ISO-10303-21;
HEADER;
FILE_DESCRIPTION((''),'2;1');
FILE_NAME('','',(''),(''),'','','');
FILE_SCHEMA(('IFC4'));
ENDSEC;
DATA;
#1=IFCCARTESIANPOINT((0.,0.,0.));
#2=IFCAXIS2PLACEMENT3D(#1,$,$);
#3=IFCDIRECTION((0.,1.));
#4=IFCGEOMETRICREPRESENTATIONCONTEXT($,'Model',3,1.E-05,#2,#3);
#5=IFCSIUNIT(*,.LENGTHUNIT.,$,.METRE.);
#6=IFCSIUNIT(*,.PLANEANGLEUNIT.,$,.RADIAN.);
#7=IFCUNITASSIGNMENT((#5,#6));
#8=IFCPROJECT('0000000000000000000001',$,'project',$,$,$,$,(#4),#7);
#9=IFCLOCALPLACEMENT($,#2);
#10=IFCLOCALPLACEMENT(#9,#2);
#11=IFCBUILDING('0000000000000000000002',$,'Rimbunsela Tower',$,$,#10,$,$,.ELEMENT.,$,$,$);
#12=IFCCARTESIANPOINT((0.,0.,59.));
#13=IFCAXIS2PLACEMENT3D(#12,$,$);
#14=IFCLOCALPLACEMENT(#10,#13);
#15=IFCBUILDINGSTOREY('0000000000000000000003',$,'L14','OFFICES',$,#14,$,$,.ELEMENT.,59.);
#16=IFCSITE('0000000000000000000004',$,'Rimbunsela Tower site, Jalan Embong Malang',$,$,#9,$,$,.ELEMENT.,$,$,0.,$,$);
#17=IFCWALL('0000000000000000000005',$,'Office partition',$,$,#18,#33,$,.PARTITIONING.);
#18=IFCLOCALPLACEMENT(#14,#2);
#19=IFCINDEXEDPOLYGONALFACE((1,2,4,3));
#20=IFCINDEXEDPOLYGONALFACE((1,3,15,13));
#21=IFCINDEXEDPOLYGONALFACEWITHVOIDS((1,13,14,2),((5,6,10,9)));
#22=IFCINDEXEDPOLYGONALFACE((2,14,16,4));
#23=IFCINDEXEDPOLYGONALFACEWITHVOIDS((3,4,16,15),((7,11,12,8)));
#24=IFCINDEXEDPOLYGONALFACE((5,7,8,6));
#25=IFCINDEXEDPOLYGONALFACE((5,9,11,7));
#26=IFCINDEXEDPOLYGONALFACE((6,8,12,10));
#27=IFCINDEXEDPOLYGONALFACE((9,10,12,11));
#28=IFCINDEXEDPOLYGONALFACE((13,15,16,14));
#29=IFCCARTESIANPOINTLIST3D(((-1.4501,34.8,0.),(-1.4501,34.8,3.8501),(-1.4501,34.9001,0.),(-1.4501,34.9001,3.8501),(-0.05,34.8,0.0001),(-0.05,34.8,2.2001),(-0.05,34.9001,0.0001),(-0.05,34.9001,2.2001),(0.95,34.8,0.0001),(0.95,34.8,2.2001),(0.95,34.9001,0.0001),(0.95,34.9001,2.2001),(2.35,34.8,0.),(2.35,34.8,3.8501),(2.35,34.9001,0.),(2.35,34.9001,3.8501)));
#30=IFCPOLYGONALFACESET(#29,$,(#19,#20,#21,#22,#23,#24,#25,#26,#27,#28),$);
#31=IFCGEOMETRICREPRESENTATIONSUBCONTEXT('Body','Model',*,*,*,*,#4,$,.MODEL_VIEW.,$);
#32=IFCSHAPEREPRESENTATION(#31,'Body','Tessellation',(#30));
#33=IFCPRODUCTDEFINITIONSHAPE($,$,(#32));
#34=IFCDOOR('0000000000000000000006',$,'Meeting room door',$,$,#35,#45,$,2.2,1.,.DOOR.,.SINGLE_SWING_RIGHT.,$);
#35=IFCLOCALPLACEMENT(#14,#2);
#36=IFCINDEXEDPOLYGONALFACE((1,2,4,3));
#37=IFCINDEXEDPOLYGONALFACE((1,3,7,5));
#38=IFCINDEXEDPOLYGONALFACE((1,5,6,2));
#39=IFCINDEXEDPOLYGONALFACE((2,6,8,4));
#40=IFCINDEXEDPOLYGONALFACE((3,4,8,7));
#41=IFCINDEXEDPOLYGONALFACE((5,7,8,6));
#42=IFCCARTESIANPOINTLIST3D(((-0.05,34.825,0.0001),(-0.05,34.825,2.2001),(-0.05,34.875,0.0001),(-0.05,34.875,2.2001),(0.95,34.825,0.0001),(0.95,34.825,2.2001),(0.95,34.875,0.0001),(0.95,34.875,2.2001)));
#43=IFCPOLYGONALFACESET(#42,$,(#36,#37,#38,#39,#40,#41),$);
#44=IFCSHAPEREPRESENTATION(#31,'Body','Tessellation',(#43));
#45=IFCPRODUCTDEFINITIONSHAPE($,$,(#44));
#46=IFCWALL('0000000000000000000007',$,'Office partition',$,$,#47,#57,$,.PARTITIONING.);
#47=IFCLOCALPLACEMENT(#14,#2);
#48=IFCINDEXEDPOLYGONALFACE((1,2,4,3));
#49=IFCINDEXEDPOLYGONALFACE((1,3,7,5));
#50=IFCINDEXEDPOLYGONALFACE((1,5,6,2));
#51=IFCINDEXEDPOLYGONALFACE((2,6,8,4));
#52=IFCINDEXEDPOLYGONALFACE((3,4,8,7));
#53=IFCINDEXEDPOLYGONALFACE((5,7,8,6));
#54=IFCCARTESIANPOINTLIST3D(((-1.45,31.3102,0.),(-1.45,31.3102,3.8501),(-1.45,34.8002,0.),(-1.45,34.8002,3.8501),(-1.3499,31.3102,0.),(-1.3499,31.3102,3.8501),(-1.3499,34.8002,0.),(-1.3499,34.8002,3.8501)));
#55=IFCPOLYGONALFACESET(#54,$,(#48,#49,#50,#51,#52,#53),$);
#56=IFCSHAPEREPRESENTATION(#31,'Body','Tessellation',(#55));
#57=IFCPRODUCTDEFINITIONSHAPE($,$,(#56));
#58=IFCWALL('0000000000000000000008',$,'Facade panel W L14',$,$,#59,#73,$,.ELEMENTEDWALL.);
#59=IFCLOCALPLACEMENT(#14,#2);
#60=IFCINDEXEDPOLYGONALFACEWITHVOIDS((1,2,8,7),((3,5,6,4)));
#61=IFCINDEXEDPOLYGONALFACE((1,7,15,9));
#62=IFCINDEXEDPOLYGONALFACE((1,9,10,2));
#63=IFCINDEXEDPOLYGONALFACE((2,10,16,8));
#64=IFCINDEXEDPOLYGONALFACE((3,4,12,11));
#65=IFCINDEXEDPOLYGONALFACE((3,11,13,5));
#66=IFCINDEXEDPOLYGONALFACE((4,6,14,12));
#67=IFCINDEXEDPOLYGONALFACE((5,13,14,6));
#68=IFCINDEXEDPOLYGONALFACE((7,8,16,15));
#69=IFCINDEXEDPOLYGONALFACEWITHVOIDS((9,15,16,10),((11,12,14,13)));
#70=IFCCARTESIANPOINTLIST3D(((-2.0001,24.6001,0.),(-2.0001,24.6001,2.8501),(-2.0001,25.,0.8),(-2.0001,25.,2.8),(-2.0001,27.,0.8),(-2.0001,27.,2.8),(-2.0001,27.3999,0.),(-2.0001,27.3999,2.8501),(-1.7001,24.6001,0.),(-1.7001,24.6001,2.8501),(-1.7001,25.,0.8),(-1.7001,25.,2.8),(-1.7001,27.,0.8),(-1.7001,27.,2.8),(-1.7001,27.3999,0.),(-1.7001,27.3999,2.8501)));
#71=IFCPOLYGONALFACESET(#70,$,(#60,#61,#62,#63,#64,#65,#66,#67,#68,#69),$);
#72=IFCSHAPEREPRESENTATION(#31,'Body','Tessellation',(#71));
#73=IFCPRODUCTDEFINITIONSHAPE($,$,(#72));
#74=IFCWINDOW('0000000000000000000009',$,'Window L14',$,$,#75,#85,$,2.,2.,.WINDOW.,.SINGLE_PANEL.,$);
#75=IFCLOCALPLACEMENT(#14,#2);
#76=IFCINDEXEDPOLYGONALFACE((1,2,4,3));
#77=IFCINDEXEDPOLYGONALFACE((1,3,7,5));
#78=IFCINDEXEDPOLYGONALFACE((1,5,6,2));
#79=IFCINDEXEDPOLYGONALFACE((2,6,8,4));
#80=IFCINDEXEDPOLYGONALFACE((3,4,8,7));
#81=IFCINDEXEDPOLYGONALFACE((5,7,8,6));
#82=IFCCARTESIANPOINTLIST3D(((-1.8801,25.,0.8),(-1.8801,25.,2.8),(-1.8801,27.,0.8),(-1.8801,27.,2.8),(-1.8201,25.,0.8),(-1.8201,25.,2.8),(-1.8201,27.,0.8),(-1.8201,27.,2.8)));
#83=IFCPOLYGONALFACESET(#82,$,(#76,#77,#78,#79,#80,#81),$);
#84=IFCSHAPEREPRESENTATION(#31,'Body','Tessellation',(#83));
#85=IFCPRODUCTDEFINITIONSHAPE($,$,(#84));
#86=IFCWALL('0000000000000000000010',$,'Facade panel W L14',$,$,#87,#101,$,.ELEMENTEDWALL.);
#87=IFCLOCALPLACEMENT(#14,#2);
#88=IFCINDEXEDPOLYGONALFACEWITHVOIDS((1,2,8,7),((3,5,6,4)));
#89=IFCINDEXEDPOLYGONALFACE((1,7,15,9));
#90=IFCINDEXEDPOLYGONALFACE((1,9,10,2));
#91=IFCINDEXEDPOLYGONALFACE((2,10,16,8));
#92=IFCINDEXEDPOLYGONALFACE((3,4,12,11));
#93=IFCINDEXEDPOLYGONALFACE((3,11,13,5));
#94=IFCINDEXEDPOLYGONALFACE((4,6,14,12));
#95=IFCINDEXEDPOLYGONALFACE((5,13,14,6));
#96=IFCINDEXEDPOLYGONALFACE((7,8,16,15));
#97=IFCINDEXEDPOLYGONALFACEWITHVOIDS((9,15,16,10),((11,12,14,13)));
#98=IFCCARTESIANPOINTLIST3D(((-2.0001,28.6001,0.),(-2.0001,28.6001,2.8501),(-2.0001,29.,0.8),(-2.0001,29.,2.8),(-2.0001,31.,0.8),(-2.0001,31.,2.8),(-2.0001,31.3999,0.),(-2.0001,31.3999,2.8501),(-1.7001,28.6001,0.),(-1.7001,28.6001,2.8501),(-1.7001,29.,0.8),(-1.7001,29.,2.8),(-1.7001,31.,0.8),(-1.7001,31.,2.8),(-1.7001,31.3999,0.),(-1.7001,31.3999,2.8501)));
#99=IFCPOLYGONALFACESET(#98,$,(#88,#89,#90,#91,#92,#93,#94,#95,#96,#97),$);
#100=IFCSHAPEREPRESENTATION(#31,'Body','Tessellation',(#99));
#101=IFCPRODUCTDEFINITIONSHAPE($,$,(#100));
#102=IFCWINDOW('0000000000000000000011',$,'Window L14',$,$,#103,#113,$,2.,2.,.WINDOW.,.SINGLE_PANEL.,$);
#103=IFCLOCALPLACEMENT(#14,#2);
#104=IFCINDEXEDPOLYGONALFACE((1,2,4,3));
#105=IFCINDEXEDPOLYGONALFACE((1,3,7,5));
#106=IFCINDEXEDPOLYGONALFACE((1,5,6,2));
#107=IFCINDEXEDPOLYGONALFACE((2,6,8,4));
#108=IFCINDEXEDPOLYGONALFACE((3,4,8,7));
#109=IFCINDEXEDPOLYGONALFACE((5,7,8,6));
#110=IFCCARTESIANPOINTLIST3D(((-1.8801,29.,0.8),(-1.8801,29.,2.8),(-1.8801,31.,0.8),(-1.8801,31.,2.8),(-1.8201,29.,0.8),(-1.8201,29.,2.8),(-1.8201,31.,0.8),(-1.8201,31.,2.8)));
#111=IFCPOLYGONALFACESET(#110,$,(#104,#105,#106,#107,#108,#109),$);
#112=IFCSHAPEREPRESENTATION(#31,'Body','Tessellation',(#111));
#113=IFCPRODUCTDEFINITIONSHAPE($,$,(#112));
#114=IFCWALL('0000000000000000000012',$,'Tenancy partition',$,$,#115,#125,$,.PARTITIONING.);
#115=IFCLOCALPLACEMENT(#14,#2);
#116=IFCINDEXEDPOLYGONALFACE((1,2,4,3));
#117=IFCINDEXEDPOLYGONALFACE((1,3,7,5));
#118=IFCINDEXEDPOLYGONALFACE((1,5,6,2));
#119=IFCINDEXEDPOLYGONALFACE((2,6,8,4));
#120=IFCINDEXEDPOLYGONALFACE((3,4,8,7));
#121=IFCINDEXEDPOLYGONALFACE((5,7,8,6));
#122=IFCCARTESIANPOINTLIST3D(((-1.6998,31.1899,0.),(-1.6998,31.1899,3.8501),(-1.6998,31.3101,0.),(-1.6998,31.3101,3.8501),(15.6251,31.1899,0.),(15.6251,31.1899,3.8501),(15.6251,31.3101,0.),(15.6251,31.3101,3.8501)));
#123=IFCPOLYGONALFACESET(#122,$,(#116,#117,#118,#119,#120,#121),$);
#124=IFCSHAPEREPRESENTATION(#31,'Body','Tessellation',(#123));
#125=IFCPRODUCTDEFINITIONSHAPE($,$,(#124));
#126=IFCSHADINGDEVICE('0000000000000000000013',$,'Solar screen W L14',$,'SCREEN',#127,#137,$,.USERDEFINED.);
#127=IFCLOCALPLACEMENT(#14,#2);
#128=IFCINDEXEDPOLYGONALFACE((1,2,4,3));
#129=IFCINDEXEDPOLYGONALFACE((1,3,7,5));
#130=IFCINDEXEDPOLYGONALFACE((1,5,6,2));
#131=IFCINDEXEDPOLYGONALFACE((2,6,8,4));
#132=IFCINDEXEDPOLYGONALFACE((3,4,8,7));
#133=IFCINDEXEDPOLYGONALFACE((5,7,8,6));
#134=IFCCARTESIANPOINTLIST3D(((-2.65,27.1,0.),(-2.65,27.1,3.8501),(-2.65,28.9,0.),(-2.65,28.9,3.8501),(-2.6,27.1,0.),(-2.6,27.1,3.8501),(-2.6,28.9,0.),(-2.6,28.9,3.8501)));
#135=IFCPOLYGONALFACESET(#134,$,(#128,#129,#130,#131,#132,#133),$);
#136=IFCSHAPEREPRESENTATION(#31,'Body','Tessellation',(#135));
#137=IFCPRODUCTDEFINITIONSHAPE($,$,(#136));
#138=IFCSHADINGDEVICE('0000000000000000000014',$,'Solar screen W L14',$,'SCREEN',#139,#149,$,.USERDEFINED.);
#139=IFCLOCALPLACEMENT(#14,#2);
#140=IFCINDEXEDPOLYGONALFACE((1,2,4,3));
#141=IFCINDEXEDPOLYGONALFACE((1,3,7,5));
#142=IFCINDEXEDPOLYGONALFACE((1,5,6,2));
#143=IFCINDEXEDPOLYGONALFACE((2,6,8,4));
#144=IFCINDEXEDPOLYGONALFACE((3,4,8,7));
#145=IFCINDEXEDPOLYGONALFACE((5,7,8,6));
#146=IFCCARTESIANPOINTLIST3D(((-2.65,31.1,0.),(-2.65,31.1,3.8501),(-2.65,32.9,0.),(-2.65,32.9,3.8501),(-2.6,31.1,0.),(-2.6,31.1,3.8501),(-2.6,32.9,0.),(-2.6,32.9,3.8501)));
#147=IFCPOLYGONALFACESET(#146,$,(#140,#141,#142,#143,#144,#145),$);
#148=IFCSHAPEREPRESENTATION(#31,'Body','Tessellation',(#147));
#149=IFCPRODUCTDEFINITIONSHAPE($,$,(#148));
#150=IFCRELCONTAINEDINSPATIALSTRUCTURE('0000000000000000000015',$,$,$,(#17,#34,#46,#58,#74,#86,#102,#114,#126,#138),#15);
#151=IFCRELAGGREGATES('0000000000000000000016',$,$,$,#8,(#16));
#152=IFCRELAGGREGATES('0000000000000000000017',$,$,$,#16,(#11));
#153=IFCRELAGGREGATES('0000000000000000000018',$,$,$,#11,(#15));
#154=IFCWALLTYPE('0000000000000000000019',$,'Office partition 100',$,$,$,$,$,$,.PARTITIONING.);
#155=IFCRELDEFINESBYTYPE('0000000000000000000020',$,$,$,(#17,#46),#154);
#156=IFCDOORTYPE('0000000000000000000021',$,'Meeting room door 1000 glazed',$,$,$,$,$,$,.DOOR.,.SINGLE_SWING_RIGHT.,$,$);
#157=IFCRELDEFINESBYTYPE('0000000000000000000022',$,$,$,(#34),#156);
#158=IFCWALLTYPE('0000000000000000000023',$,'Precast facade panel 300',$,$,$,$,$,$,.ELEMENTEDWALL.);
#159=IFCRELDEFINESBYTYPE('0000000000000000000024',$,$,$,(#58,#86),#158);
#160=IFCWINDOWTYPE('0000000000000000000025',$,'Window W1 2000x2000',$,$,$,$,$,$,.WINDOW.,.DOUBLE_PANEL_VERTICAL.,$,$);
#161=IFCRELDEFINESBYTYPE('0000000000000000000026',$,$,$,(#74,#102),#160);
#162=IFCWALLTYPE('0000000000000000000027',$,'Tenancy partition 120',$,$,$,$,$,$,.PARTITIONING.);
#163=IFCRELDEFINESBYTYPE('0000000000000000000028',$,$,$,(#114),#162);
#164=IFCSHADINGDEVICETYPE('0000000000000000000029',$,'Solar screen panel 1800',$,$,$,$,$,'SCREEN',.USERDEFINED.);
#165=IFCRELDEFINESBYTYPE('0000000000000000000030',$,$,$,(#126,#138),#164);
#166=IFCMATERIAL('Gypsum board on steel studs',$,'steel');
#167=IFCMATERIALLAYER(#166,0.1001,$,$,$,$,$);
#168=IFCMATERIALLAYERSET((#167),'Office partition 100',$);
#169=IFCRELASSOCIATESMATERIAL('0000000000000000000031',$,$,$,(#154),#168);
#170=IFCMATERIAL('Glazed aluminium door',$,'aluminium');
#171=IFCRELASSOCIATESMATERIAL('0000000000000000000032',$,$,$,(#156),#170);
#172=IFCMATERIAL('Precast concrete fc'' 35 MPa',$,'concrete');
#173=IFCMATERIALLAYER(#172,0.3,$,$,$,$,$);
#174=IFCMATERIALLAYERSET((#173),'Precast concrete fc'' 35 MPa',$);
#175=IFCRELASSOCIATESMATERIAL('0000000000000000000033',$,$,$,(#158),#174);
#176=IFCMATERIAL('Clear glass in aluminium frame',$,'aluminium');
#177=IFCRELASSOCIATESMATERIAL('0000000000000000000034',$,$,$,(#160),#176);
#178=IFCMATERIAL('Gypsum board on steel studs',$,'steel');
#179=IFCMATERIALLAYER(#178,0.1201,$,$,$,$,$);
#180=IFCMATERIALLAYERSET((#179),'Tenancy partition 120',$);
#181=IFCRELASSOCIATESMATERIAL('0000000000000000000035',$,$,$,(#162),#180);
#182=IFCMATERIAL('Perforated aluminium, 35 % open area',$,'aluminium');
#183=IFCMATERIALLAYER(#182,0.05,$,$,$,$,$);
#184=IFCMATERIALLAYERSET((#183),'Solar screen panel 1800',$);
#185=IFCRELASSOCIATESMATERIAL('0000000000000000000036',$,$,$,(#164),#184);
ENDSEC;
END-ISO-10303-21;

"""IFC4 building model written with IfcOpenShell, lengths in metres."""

from ifc_helpers import new_model, si_unit, direction, frame, frame_2d, origin, origin_2d, place, context, subcontext, project, spatial, rectangle, extrude, material, layer, layer_set, type_object, element, fill, save


model = new_model("IFC4")

# Units and contexts
model_context = context("Model", 3, precision=1e-05, world=origin(), true_north=direction((0.0, 1.0)))
body_context = subcontext(model_context, "Body", "Model", "MODEL_VIEW")
ifc_project = project(units=[si_unit("LENGTHUNIT", "METRE"), si_unit("PLANEANGLEUNIT", "RADIAN")], contexts=[model_context])

# Site, building, storey
site_placement = place(None, origin())
site = spatial("IfcSite", under=ifc_project, at=site_placement, Name="Rimbunsela Tower site, Jalan Embong Malang", CompositionType="ELEMENT", RefElevation=0.0)
building_placement = place(site_placement, origin())
building = spatial("IfcBuilding", under=site, at=building_placement, Name="Rimbunsela Tower", CompositionType="ELEMENT")
storey_placement = place(building_placement, frame((0.0, 0.0, 59.0)))
storey = spatial("IfcBuildingStorey", under=building, at=storey_placement, Name="L14", Description="OFFICES", CompositionType="ELEMENT", Elevation=59.0)

# Wall, opening, door
ifc_material_1 = material(Name="Gypsum board on steel studs", Category="steel")
ifc_layer_1 = layer(ifc_material_1, 0.1001)
ifc_layer_set_1 = layer_set([ifc_layer_1], Name="Office partition 100")
wall_type_1 = type_object("IfcWallType", Name="Office partition 100", PredefinedType="PARTITIONING", material=ifc_layer_set_1)
wall_1_placement = place(storey_placement, frame((-1.45, 34.8501, 0.0), z_axis=(0.0, 0.0, 1.0), x_axis=(1.0, 0.0, 0.0)))
wall_1 = element("IfcWall", 1, at=wall_1_placement, inside=storey, type_object=wall_type_1, Name="Office partition", PredefinedType="PARTITIONING", context=body_context, shape_type="SweptSolid", body=[
    extrude(rectangle(XDim=3.8, YDim=0.1001, at=frame_2d((1.8999, 0.0))), origin(), (0.0, 0.0, 1.0), 3.8501),
])
opening_1_placement = place(wall_1_placement, frame((1.3999, 0.0, 0.0)))
opening_1 = element("IfcOpeningElement", 2, at=opening_1_placement, cuts=wall_1, PredefinedType="OPENING", context=body_context, shape_type="SweptSolid", body=[
    extrude(rectangle(XDim=1.0, YDim=2.2, at=frame_2d((0.5, 1.1001))), frame((0.0, 0.0601, 0.0), z_axis=(0.0, -1.0, 0.0), x_axis=(1.0, 0.0, 0.0)), (0.0, 0.0, 1.0), 0.1201),
])
ifc_material_2 = material(Name="Glazed aluminium door", Category="aluminium")
door_type = type_object("IfcDoorType", Name="Meeting room door 1000 glazed", OperationType="SINGLE_SWING_RIGHT", PredefinedType="DOOR", material=ifc_material_2)
door_placement = place(opening_1_placement, origin())
door = element("IfcDoor", 3, at=door_placement, inside=storey, type_object=door_type, Name="Meeting room door", OperationType="SINGLE_SWING_RIGHT", OverallHeight=2.2, OverallWidth=1.0, PredefinedType="DOOR", context=body_context, shape_type="SweptSolid", body=[
    extrude(rectangle(XDim=1.0, YDim=2.2, at=frame_2d((0.5, 1.1001))), frame((0.0, 0.0249, 0.0), z_axis=(0.0, -1.0, 0.0), x_axis=(1.0, 0.0, 0.0)), (0.0, 0.0, 1.0), 0.05),
])
fill(opening_1, door)

# Wall
wall_2_placement = place(storey_placement, frame((-1.3999, 31.3101, 0.0), z_axis=(0.0, 0.0, 1.0), x_axis=(0.0, 1.0, 0.0)))
element("IfcWall", 4, at=wall_2_placement, inside=storey, type_object=wall_type_1, Name="Office partition", PredefinedType="PARTITIONING", context=body_context, shape_type="SweptSolid", body=[
    extrude(rectangle(XDim=3.49, YDim=0.1001, at=frame_2d((1.7451, 0.0))), origin(), (0.0, 0.0, 1.0), 3.8501),
])

# Walls, openings, windows
ifc_material_3 = material(Name="Precast concrete fc' 35 MPa", Category="concrete")
ifc_layer_2 = layer(ifc_material_3, 0.3)
ifc_layer_set_2 = layer_set([ifc_layer_2], Name="Precast concrete fc' 35 MPa")
wall_type_2 = type_object("IfcWallType", Name="Precast facade panel 300", PredefinedType="ELEMENTEDWALL", material=ifc_layer_set_2)
wall_3_placement = place(storey_placement, frame((-1.8501, 27.3999, 0.0), z_axis=(0.0, 0.0, 1.0), x_axis=(0.0, -1.0, 0.0)))
wall_3 = element("IfcWall", 5, at=wall_3_placement, inside=storey, type_object=wall_type_2, Name="Facade panel W L14", PredefinedType="ELEMENTEDWALL", context=body_context, shape_type="SweptSolid", body=[
    extrude(rectangle(XDim=2.7998, YDim=0.3, at=frame_2d((1.3999, 0.0))), origin(), (0.0, 0.0, 1.0), 2.8501),
])
opening_2_placement = place(wall_3_placement, frame((0.3999, 0.0, 0.8)))
opening_2 = element("IfcOpeningElement", 6, at=opening_2_placement, cuts=wall_3, PredefinedType="OPENING", context=body_context, shape_type="SweptSolid", body=[
    extrude(rectangle(XDim=2.0, YDim=2.0, at=frame_2d((1.0, 1.0))), frame((0.0, 0.1599, 0.0), z_axis=(0.0, -1.0, 0.0), x_axis=(1.0, 0.0, 0.0)), (0.0, 0.0, 1.0), 0.3201),
])
ifc_material_4 = material(Name="Clear glass in aluminium frame", Category="aluminium")
window_type = type_object("IfcWindowType", Name="Window W1 2000x2000", PartitioningType="DOUBLE_PANEL_VERTICAL", PredefinedType="WINDOW", material=ifc_material_4)
window_1_placement = place(opening_2_placement, origin())
window_1 = element("IfcWindow", 7, at=window_1_placement, inside=storey, type_object=window_type, Name="Window L14", OverallHeight=2.0, OverallWidth=2.0, PartitioningType="SINGLE_PANEL", PredefinedType="WINDOW", context=body_context, shape_type="SweptSolid", body=[
    extrude(rectangle(XDim=2.0, YDim=2.0, at=frame_2d((1.0, 1.0))), frame((0.0, 0.03, 0.0), z_axis=(0.0, -1.0, 0.0), x_axis=(1.0, 0.0, 0.0)), (0.0, 0.0, 1.0), 0.0601),
])
fill(opening_2, window_1)
wall_4_placement = place(storey_placement, frame((-1.8501, 31.3999, 0.0), z_axis=(0.0, 0.0, 1.0), x_axis=(0.0, -1.0, 0.0)))
wall_4 = element("IfcWall", 8, at=wall_4_placement, inside=storey, type_object=wall_type_2, Name="Facade panel W L14", PredefinedType="ELEMENTEDWALL", context=body_context, shape_type="SweptSolid", body=[
    extrude(rectangle(XDim=2.7998, YDim=0.3, at=frame_2d((1.3999, 0.0))), origin(), (0.0, 0.0, 1.0), 2.8501),
])
opening_3_placement = place(wall_4_placement, frame((0.3999, 0.0, 0.8)))
opening_3 = element("IfcOpeningElement", 9, at=opening_3_placement, cuts=wall_4, PredefinedType="OPENING", context=body_context, shape_type="SweptSolid", body=[
    extrude(rectangle(XDim=2.0, YDim=2.0, at=frame_2d((1.0, 1.0))), frame((0.0, 0.1599, 0.0), z_axis=(0.0, -1.0, 0.0), x_axis=(1.0, 0.0, 0.0)), (0.0, 0.0, 1.0), 0.3201),
])
window_2_placement = place(opening_3_placement, origin())
window_2 = element("IfcWindow", 10, at=window_2_placement, inside=storey, type_object=window_type, Name="Window L14", OverallHeight=2.0, OverallWidth=2.0, PartitioningType="SINGLE_PANEL", PredefinedType="WINDOW", context=body_context, shape_type="SweptSolid", body=[
    extrude(rectangle(XDim=2.0, YDim=2.0, at=frame_2d((1.0, 1.0))), frame((0.0, 0.03, 0.0), z_axis=(0.0, -1.0, 0.0), x_axis=(1.0, 0.0, 0.0)), (0.0, 0.0, 1.0), 0.0601),
])
fill(opening_3, window_2)

# Wall
ifc_material_5 = material(Name="Gypsum board on steel studs", Category="steel")
ifc_layer_3 = layer(ifc_material_5, 0.1201)
ifc_layer_set_3 = layer_set([ifc_layer_3], Name="Tenancy partition 120")
wall_type_3 = type_object("IfcWallType", Name="Tenancy partition 120", PredefinedType="PARTITIONING", material=ifc_layer_set_3)
wall_5_placement = place(storey_placement, frame((-1.7, 31.25, 0.0), z_axis=(0.0, 0.0, 1.0), x_axis=(1.0, 0.0, 0.0)))
element("IfcWall", 11, at=wall_5_placement, inside=storey, type_object=wall_type_3, Name="Tenancy partition", PredefinedType="PARTITIONING", context=body_context, shape_type="SweptSolid", body=[
    extrude(rectangle(XDim=17.325, YDim=0.1201, at=frame_2d((8.6626, 0.0))), origin(), (0.0, 0.0, 1.0), 3.8501),
])

# Shading devices
ifc_material_6 = material(Name="Perforated aluminium, 35 % open area", Category="aluminium")
ifc_layer_4 = layer(ifc_material_6, 0.05)
ifc_layer_set_4 = layer_set([ifc_layer_4], Name="Solar screen panel 1800")
shading_device_type = type_object("IfcShadingDeviceType", Name="Solar screen panel 1800", ElementType="SCREEN", PredefinedType="USERDEFINED", material=ifc_layer_set_4)
for number, where, z_axis, x_axis, name in (
    (12, (-2.625, 28.0, 0.0), (0.0, 0.0, 1.0), (0.0, 1.0, 0.0), "Solar screen W L14"),
    (13, (-2.625, 32.0, 0.0), (0.0, 0.0, 1.0), (0.0, 1.0, 0.0), "Solar screen W L14"),
):
    element("IfcShadingDevice", number, at=place(storey_placement, frame(where, z_axis=z_axis, x_axis=x_axis)), inside=storey, type_object=shading_device_type, Name=name, ObjectType="SCREEN", PredefinedType="USERDEFINED", context=body_context, shape_type="SweptSolid", body=[
        extrude(rectangle(XDim=1.8, YDim=0.05, at=origin_2d()), origin(), (0.0, 0.0, 1.0), 3.8501),
    ])

save(model, "model.ifc")
